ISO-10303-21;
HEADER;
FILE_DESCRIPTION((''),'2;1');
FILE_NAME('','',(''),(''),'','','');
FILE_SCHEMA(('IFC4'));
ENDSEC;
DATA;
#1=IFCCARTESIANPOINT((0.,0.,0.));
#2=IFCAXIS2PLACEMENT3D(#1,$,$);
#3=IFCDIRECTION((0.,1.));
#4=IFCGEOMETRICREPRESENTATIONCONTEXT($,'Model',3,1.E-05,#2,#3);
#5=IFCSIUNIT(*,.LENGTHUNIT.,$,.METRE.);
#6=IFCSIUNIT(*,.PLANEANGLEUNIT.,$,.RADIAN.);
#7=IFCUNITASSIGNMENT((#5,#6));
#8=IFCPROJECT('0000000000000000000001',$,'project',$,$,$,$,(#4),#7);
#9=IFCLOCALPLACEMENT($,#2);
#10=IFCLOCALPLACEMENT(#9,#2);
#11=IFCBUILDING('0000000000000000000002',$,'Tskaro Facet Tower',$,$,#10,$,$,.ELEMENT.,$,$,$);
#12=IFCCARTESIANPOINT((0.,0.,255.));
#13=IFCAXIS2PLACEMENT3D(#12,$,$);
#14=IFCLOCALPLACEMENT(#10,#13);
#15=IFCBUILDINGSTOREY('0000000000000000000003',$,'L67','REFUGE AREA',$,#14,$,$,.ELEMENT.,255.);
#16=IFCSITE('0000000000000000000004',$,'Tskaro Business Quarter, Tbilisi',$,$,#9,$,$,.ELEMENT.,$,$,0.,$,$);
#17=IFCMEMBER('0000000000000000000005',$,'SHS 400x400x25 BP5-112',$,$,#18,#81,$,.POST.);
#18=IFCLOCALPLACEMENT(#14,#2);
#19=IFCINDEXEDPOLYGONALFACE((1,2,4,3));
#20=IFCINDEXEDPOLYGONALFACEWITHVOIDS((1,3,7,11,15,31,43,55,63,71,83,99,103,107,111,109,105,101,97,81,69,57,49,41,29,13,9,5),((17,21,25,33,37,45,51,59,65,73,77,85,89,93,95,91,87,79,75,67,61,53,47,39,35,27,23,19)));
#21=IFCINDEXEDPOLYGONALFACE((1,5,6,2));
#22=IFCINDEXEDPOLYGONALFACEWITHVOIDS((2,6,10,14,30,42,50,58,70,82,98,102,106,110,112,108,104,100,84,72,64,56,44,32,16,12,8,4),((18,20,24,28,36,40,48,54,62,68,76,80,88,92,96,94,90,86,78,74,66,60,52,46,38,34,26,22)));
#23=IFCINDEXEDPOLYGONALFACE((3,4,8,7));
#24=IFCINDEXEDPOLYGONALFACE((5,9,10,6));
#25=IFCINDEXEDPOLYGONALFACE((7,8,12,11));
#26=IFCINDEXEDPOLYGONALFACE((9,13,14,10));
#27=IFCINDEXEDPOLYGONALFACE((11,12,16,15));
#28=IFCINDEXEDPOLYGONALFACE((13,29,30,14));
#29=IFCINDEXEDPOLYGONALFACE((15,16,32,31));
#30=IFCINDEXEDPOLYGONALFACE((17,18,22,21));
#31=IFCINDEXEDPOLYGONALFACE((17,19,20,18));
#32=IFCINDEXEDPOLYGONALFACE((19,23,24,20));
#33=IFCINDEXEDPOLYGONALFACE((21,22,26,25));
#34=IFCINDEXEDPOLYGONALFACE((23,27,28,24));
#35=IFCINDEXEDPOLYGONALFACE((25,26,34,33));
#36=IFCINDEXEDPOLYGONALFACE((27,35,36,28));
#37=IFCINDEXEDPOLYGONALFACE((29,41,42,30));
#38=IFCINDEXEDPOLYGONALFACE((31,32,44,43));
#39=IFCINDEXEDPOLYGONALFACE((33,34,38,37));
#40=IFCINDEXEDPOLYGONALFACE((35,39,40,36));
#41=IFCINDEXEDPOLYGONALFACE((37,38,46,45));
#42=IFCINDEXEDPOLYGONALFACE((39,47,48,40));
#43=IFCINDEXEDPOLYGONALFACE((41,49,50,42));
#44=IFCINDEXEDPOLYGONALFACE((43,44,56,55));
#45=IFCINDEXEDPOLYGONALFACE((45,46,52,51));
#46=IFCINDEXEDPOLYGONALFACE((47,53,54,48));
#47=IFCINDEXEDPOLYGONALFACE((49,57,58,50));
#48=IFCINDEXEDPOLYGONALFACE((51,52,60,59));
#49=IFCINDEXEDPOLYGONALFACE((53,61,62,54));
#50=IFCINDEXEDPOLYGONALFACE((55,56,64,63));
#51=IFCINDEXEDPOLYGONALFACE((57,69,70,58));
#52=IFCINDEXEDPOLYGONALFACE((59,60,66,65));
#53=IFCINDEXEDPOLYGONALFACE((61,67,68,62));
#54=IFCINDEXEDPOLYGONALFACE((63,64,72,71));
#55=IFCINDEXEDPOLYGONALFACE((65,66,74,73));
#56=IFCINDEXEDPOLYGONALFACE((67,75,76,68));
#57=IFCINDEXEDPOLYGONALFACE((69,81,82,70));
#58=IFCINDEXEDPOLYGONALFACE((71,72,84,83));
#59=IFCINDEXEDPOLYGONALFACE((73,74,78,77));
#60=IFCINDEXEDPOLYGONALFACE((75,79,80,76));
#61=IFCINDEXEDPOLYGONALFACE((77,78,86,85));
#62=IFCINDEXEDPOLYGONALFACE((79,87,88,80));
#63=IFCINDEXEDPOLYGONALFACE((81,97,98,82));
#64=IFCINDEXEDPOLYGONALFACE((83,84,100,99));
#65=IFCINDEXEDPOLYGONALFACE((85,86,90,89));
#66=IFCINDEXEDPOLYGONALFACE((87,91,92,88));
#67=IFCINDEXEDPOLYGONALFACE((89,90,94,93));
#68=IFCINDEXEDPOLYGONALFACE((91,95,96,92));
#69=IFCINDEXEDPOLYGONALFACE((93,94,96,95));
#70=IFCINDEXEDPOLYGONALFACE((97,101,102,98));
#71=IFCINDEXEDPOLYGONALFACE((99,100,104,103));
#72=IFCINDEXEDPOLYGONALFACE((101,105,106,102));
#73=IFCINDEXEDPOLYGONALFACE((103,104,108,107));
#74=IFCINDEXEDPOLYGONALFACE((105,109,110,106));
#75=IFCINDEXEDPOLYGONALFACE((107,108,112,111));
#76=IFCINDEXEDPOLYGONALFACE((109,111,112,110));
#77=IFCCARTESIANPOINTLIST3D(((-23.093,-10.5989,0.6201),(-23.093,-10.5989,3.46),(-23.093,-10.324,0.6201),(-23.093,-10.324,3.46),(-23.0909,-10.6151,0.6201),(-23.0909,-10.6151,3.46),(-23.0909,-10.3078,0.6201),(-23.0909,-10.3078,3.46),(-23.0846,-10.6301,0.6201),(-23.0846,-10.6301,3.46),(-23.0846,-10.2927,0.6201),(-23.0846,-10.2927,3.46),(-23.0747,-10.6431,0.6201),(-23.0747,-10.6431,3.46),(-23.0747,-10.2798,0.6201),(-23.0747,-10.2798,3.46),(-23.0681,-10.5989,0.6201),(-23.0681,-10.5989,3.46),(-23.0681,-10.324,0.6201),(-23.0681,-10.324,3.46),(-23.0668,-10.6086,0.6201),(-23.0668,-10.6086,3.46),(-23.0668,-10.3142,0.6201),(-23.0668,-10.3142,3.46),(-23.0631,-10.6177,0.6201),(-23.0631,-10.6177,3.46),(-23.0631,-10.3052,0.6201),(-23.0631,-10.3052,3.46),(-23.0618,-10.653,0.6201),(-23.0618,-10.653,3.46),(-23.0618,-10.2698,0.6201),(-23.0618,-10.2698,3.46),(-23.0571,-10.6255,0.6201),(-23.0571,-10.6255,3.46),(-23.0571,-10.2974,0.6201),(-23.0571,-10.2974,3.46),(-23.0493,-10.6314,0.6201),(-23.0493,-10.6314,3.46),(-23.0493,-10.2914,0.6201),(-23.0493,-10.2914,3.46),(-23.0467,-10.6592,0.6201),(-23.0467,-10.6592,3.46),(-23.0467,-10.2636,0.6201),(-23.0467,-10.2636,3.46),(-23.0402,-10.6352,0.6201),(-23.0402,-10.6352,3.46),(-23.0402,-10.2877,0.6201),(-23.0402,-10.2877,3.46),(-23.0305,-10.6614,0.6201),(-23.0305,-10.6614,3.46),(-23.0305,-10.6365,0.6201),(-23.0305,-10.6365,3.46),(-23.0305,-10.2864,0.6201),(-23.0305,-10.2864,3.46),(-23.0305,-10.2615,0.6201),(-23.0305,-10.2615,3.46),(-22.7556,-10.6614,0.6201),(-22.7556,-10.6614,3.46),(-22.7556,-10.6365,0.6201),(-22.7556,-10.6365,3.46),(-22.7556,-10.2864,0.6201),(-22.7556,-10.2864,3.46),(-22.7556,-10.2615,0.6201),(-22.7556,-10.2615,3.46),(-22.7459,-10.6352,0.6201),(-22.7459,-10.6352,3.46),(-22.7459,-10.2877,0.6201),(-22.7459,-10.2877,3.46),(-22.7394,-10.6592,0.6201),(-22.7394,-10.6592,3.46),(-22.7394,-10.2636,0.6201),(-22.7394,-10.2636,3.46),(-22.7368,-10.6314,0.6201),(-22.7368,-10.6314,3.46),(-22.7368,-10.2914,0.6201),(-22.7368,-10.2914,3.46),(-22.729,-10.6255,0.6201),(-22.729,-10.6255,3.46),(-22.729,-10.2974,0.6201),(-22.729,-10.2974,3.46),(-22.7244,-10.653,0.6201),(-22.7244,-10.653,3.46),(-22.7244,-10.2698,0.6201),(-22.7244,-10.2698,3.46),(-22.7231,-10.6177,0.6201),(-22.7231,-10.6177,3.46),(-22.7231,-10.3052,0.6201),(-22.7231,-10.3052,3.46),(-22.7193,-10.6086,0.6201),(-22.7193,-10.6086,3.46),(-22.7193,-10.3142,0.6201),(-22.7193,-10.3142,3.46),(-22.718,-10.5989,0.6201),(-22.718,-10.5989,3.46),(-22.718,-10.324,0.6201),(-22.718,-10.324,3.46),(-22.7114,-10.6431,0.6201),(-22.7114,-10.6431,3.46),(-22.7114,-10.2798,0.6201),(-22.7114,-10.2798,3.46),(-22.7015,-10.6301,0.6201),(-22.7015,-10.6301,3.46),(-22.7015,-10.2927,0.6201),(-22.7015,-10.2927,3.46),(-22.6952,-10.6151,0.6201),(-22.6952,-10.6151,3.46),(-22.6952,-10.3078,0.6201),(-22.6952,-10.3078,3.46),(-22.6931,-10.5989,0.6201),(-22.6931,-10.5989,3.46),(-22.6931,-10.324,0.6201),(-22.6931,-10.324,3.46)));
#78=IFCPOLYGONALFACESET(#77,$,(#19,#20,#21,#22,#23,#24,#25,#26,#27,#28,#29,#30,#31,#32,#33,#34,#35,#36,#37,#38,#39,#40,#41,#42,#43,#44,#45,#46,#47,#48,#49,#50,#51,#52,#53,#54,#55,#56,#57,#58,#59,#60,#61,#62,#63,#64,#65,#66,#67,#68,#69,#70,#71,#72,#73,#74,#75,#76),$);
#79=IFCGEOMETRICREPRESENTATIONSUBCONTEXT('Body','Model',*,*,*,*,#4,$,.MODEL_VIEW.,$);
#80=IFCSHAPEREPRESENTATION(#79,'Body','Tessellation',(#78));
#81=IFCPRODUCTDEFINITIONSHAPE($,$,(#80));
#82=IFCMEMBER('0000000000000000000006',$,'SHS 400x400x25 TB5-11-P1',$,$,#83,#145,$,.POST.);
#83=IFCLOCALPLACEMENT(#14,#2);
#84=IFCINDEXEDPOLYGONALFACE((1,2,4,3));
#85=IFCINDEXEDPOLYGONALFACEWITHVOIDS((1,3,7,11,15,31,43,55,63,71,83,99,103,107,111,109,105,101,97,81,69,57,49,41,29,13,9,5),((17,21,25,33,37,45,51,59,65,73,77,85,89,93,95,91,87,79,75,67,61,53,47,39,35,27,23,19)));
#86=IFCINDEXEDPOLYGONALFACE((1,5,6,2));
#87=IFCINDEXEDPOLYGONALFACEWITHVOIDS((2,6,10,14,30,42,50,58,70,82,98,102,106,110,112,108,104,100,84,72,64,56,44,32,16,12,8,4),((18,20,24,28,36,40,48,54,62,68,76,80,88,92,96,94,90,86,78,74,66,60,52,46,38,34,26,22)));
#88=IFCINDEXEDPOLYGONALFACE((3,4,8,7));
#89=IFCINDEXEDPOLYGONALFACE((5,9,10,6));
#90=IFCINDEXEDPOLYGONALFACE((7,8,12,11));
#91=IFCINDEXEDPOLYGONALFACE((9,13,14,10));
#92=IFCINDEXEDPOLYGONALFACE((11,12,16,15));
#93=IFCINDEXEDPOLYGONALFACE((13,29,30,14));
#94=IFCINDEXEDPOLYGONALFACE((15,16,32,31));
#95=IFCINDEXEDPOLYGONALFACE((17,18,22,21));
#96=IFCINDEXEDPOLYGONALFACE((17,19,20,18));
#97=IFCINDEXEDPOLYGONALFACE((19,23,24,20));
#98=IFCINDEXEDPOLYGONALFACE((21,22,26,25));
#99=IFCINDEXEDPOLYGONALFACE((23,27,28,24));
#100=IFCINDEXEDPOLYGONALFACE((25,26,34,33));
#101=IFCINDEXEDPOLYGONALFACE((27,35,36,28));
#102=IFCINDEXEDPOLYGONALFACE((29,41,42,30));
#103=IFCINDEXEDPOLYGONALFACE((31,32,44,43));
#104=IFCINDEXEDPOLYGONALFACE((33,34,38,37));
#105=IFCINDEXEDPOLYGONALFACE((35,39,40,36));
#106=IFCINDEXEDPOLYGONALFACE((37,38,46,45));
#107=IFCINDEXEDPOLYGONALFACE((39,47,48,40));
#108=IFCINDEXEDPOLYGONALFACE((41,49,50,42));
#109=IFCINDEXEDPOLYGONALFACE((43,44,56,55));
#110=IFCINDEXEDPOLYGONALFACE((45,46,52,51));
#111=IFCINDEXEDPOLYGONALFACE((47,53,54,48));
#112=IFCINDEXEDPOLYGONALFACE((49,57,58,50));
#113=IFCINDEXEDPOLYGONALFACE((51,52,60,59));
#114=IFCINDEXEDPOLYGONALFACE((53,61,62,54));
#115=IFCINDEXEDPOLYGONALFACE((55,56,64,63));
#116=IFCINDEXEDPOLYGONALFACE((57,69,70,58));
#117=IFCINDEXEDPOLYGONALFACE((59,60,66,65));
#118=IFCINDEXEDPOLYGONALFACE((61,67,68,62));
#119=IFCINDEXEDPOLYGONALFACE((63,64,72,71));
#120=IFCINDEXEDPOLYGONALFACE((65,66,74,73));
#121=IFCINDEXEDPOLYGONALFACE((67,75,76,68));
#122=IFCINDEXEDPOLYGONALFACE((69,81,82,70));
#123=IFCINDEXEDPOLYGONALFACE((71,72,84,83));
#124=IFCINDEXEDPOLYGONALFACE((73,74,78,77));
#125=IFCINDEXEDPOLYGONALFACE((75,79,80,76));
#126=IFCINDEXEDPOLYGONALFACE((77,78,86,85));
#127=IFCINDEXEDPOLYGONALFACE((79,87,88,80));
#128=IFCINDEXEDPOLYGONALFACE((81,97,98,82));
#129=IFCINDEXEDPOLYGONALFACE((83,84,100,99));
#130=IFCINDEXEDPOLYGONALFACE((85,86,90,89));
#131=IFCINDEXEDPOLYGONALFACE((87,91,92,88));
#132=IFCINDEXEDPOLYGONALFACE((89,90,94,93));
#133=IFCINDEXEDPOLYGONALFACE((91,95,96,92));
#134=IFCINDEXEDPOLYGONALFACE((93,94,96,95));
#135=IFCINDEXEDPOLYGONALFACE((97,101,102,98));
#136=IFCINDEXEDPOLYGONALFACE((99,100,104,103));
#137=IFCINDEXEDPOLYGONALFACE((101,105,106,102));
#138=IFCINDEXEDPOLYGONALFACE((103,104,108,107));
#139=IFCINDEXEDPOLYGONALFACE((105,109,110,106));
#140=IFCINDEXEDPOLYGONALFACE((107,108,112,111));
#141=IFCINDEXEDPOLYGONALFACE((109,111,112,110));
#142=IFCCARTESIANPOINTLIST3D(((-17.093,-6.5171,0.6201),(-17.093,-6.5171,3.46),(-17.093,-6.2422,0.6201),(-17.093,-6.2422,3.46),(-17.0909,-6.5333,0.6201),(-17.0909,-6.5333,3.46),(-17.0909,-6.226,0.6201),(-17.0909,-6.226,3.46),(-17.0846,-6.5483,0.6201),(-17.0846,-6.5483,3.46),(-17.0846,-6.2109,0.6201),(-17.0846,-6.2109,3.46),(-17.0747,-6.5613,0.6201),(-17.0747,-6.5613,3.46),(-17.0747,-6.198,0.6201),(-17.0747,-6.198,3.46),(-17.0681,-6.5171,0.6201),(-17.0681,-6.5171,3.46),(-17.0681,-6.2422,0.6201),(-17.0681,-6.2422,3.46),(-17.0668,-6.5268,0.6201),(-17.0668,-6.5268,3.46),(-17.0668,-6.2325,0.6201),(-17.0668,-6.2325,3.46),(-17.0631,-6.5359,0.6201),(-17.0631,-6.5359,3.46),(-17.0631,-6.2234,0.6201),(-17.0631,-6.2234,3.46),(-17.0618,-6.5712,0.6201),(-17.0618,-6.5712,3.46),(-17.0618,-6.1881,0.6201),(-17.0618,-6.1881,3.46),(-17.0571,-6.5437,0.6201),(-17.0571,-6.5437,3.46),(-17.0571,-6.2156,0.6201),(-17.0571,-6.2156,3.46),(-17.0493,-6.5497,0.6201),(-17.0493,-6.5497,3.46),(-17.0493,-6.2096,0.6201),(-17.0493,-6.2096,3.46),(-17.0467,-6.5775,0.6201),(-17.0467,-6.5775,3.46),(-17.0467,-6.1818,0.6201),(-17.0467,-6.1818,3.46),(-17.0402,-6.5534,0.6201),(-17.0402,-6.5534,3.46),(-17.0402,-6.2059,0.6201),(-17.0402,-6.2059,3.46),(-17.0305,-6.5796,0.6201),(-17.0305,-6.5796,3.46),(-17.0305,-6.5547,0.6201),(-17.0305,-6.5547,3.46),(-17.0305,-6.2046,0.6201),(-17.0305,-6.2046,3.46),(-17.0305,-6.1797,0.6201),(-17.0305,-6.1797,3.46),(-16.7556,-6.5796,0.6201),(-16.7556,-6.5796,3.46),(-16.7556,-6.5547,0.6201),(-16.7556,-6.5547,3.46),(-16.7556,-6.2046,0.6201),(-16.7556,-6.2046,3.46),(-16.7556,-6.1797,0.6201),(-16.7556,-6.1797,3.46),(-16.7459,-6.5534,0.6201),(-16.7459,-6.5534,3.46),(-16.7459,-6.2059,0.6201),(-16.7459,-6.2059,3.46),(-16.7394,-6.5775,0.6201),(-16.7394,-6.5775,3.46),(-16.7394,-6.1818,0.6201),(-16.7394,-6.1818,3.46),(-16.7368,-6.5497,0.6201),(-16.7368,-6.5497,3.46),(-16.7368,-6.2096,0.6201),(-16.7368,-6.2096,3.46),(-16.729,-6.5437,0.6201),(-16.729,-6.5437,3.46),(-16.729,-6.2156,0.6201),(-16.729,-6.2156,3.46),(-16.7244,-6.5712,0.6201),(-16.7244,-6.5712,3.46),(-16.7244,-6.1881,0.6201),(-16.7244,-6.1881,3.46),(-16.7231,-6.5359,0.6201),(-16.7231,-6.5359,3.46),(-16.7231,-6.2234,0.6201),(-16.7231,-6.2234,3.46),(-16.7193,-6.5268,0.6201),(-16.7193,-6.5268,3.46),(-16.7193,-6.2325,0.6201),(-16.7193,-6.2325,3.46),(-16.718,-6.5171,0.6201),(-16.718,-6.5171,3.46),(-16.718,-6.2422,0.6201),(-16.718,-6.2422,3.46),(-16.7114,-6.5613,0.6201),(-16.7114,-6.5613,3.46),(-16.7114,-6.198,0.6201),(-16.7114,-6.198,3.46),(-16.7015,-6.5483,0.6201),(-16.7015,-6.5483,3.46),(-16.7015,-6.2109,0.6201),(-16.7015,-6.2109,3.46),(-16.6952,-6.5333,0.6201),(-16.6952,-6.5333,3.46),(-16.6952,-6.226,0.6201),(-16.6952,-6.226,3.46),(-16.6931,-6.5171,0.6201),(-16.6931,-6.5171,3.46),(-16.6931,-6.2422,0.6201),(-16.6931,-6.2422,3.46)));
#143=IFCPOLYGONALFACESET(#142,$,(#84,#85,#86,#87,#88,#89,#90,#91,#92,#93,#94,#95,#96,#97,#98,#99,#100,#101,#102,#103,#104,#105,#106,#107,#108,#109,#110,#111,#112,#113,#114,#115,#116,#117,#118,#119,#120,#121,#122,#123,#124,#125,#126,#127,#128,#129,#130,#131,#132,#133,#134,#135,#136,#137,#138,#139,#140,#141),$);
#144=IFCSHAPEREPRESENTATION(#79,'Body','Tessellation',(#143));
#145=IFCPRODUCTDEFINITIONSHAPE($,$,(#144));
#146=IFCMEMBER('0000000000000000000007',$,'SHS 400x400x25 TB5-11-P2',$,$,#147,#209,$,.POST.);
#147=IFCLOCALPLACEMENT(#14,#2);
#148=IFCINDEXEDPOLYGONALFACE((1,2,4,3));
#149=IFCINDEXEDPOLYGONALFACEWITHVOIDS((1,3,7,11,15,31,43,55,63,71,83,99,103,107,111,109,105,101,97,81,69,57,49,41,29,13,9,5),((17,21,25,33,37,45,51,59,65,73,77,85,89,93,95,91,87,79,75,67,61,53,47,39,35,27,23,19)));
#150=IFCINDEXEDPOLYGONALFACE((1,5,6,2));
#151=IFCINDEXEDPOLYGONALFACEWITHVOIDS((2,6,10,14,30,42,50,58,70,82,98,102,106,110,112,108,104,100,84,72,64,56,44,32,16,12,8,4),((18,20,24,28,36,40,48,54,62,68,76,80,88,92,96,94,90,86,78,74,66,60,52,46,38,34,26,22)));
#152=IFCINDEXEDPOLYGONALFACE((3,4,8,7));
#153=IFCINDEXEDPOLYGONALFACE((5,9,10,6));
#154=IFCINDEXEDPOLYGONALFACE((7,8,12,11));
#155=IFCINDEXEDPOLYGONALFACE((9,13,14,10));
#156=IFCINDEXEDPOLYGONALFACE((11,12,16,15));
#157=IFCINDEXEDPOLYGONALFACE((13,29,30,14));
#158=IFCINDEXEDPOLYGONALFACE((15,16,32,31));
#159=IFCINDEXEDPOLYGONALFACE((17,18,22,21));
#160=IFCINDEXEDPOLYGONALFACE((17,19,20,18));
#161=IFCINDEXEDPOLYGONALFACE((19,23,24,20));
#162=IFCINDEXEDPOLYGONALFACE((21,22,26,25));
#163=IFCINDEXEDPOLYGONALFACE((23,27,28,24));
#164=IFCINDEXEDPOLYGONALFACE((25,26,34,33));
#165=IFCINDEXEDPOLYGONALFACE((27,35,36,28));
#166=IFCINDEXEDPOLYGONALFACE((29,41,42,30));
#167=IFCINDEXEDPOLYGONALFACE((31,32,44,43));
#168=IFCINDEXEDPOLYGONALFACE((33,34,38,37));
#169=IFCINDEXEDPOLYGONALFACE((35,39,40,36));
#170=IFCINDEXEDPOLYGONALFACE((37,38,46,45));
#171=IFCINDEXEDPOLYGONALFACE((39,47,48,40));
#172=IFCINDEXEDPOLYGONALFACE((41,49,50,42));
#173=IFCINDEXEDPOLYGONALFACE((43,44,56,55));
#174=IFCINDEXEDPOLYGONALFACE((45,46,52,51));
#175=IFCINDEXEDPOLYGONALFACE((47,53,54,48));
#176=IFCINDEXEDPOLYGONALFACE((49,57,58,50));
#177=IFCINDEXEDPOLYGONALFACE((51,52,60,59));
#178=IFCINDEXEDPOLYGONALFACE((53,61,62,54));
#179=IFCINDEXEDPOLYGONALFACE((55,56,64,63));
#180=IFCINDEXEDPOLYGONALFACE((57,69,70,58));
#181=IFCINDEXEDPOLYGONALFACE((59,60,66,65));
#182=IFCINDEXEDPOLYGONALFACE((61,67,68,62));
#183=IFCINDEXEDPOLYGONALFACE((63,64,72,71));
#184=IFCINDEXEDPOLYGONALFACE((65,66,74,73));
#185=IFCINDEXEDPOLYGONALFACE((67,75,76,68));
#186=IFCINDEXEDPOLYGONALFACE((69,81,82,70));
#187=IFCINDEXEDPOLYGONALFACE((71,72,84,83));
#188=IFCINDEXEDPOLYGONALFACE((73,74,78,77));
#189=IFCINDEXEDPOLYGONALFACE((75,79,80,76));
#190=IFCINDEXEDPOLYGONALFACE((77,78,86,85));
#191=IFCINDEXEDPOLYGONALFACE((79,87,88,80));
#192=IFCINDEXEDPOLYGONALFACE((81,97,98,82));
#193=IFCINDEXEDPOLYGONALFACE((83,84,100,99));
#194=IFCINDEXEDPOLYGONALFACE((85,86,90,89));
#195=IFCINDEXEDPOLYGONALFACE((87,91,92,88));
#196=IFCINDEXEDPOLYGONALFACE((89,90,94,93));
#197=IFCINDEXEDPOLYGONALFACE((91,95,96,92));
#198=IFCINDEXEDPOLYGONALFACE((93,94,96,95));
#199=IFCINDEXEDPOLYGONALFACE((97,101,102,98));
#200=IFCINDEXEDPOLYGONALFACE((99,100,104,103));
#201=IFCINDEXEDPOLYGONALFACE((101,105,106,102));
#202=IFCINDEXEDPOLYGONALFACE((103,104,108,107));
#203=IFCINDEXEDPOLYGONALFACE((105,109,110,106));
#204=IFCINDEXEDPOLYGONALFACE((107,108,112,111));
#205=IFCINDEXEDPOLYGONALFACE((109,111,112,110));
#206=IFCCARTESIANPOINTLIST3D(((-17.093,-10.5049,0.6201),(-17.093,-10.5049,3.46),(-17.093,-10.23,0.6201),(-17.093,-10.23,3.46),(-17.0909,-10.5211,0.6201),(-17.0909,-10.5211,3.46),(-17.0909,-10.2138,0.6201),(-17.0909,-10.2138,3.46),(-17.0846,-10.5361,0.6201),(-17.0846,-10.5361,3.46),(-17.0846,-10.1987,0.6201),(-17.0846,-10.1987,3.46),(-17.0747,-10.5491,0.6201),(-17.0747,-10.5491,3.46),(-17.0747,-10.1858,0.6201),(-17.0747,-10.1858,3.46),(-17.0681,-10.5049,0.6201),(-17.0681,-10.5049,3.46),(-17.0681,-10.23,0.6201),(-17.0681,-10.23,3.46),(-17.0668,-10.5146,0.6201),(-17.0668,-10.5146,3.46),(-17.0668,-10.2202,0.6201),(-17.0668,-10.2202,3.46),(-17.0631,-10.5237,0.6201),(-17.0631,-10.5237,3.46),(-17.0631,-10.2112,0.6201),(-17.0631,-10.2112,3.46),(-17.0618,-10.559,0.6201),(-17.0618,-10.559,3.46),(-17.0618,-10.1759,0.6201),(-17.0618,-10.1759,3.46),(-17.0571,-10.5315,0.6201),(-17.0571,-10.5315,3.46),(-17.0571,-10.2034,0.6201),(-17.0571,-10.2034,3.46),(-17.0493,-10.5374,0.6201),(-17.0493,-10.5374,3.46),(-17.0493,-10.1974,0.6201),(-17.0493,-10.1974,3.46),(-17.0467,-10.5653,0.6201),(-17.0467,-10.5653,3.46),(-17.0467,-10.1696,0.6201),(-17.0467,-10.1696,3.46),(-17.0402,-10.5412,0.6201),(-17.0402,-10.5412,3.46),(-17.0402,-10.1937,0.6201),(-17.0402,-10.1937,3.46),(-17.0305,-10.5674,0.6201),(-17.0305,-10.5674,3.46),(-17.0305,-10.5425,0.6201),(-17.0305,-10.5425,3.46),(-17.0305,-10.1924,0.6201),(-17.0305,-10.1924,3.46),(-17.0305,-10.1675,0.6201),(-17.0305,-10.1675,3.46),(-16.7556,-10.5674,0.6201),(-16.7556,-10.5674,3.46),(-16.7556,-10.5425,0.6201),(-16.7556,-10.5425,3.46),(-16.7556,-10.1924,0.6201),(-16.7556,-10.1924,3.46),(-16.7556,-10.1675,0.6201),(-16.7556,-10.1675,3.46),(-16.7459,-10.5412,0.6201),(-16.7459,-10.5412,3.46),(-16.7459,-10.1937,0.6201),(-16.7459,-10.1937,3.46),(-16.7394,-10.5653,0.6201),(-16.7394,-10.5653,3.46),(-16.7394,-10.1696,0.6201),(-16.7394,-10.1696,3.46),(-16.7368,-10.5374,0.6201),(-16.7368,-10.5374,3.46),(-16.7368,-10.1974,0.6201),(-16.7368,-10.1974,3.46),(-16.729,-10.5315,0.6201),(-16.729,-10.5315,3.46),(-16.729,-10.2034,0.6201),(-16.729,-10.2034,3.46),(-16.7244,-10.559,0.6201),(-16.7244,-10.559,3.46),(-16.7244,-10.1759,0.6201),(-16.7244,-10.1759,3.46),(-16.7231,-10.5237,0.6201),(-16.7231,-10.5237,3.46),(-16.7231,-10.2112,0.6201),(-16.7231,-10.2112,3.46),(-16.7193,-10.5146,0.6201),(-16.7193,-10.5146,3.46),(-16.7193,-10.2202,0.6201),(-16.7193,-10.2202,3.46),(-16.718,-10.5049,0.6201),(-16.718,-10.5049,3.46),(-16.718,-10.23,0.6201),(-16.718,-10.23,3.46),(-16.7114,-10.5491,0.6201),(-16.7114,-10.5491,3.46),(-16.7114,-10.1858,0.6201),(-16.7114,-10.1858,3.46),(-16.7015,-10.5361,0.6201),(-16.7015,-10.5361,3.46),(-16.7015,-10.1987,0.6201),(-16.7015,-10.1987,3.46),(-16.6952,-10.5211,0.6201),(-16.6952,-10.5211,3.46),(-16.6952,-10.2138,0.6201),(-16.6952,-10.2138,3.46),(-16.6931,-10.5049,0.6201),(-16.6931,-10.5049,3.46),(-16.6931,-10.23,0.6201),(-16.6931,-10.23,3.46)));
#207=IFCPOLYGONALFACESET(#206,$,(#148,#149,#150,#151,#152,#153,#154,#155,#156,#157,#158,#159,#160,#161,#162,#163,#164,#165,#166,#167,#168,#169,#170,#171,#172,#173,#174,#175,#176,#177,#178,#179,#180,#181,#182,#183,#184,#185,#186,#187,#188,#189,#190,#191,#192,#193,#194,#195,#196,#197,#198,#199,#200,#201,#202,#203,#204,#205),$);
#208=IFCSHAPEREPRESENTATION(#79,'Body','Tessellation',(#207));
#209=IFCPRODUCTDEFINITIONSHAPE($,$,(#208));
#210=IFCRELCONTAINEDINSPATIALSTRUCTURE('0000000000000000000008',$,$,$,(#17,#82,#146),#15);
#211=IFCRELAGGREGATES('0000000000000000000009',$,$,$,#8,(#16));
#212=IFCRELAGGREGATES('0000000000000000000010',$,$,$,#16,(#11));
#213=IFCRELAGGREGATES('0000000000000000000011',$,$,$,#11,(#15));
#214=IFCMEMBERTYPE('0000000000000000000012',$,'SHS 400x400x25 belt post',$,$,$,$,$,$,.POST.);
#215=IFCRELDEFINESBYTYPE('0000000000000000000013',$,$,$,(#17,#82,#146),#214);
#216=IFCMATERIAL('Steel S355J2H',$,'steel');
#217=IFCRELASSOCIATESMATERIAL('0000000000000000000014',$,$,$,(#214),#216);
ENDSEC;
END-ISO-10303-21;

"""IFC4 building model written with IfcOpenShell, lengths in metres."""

from ifc_helpers import new_model, si_unit, direction, frame, origin, origin_2d, place, context, subcontext, project, spatial, hollow_rectangle, extrude, material, material_profile, profile_set, type_object, element, save


model = new_model("IFC4")

# Units and contexts
model_context = context("Model", 3, precision=1e-05, world=origin(), true_north=direction((0.0, 1.0)))
body_context = subcontext(model_context, "Body", "Model", "MODEL_VIEW")
ifc_project = project(units=[si_unit("LENGTHUNIT", "METRE"), si_unit("PLANEANGLEUNIT", "RADIAN")], contexts=[model_context])

# Site, building, storey
site_placement = place(None, origin())
site = spatial("IfcSite", under=ifc_project, at=site_placement, Name="Tskaro Business Quarter, Tbilisi", CompositionType="ELEMENT", RefElevation=0.0)
building_placement = place(site_placement, origin())
building = spatial("IfcBuilding", under=site, at=building_placement, Name="Tskaro Facet Tower", CompositionType="ELEMENT")
storey_placement = place(building_placement, frame((0.0, 0.0, 255.0)))
storey = spatial("IfcBuildingStorey", under=building, at=storey_placement, Name="L67", Description="REFUGE AREA", CompositionType="ELEMENT", Elevation=255.0)

# Shared definitions
ifc_material_1 = material(Name="Steel S355J2H", Category="steel")

# Members
ifc_material_profile_1 = material_profile(ifc_material_1, hollow_rectangle(XDim=0.3999, YDim=0.3999, WallThickness=0.0249, InnerFilletRadius=0.0376, OuterFilletRadius=0.0625, at=origin_2d()), Name="SHS 400x400x25")
ifc_profile_set_1 = profile_set([ifc_material_profile_1], Name="Steel S355J2H")
member_type_1 = type_object("IfcMemberType", Name="SHS 400x400x25 belt post", PredefinedType="POST", material=ifc_profile_set_1)
for number, where, z_axis, x_axis, name in (
    (1, (-22.8931, -10.4614, 0.6201), (0.0, 0.0, 1.0), (1.0, 0.0, 0.0), "SHS 400x400x25 BP5-112"),
    (2, (-16.8931, -6.3796, 0.6201), (0.0, 0.0, 1.0), (1.0, 0.0, 0.0), "SHS 400x400x25 TB5-11-P1"),
    (3, (-16.8931, -10.3674, 0.6201), (0.0, 0.0, 1.0), (1.0, 0.0, 0.0), "SHS 400x400x25 TB5-11-P2"),
):
    element("IfcMember", number, at=place(storey_placement, frame(where, z_axis=z_axis, x_axis=x_axis)), inside=storey, type_object=member_type_1, Name=name, PredefinedType="POST", context=body_context, shape_type="SweptSolid", body=[
        extrude(hollow_rectangle(XDim=0.3999, YDim=0.3999, WallThickness=0.0249, InnerFilletRadius=0.0376, OuterFilletRadius=0.0625, at=origin_2d()), origin(), (0.0, 0.0, 1.0), 2.8398),
    ])

save(model, "model.ifc")
